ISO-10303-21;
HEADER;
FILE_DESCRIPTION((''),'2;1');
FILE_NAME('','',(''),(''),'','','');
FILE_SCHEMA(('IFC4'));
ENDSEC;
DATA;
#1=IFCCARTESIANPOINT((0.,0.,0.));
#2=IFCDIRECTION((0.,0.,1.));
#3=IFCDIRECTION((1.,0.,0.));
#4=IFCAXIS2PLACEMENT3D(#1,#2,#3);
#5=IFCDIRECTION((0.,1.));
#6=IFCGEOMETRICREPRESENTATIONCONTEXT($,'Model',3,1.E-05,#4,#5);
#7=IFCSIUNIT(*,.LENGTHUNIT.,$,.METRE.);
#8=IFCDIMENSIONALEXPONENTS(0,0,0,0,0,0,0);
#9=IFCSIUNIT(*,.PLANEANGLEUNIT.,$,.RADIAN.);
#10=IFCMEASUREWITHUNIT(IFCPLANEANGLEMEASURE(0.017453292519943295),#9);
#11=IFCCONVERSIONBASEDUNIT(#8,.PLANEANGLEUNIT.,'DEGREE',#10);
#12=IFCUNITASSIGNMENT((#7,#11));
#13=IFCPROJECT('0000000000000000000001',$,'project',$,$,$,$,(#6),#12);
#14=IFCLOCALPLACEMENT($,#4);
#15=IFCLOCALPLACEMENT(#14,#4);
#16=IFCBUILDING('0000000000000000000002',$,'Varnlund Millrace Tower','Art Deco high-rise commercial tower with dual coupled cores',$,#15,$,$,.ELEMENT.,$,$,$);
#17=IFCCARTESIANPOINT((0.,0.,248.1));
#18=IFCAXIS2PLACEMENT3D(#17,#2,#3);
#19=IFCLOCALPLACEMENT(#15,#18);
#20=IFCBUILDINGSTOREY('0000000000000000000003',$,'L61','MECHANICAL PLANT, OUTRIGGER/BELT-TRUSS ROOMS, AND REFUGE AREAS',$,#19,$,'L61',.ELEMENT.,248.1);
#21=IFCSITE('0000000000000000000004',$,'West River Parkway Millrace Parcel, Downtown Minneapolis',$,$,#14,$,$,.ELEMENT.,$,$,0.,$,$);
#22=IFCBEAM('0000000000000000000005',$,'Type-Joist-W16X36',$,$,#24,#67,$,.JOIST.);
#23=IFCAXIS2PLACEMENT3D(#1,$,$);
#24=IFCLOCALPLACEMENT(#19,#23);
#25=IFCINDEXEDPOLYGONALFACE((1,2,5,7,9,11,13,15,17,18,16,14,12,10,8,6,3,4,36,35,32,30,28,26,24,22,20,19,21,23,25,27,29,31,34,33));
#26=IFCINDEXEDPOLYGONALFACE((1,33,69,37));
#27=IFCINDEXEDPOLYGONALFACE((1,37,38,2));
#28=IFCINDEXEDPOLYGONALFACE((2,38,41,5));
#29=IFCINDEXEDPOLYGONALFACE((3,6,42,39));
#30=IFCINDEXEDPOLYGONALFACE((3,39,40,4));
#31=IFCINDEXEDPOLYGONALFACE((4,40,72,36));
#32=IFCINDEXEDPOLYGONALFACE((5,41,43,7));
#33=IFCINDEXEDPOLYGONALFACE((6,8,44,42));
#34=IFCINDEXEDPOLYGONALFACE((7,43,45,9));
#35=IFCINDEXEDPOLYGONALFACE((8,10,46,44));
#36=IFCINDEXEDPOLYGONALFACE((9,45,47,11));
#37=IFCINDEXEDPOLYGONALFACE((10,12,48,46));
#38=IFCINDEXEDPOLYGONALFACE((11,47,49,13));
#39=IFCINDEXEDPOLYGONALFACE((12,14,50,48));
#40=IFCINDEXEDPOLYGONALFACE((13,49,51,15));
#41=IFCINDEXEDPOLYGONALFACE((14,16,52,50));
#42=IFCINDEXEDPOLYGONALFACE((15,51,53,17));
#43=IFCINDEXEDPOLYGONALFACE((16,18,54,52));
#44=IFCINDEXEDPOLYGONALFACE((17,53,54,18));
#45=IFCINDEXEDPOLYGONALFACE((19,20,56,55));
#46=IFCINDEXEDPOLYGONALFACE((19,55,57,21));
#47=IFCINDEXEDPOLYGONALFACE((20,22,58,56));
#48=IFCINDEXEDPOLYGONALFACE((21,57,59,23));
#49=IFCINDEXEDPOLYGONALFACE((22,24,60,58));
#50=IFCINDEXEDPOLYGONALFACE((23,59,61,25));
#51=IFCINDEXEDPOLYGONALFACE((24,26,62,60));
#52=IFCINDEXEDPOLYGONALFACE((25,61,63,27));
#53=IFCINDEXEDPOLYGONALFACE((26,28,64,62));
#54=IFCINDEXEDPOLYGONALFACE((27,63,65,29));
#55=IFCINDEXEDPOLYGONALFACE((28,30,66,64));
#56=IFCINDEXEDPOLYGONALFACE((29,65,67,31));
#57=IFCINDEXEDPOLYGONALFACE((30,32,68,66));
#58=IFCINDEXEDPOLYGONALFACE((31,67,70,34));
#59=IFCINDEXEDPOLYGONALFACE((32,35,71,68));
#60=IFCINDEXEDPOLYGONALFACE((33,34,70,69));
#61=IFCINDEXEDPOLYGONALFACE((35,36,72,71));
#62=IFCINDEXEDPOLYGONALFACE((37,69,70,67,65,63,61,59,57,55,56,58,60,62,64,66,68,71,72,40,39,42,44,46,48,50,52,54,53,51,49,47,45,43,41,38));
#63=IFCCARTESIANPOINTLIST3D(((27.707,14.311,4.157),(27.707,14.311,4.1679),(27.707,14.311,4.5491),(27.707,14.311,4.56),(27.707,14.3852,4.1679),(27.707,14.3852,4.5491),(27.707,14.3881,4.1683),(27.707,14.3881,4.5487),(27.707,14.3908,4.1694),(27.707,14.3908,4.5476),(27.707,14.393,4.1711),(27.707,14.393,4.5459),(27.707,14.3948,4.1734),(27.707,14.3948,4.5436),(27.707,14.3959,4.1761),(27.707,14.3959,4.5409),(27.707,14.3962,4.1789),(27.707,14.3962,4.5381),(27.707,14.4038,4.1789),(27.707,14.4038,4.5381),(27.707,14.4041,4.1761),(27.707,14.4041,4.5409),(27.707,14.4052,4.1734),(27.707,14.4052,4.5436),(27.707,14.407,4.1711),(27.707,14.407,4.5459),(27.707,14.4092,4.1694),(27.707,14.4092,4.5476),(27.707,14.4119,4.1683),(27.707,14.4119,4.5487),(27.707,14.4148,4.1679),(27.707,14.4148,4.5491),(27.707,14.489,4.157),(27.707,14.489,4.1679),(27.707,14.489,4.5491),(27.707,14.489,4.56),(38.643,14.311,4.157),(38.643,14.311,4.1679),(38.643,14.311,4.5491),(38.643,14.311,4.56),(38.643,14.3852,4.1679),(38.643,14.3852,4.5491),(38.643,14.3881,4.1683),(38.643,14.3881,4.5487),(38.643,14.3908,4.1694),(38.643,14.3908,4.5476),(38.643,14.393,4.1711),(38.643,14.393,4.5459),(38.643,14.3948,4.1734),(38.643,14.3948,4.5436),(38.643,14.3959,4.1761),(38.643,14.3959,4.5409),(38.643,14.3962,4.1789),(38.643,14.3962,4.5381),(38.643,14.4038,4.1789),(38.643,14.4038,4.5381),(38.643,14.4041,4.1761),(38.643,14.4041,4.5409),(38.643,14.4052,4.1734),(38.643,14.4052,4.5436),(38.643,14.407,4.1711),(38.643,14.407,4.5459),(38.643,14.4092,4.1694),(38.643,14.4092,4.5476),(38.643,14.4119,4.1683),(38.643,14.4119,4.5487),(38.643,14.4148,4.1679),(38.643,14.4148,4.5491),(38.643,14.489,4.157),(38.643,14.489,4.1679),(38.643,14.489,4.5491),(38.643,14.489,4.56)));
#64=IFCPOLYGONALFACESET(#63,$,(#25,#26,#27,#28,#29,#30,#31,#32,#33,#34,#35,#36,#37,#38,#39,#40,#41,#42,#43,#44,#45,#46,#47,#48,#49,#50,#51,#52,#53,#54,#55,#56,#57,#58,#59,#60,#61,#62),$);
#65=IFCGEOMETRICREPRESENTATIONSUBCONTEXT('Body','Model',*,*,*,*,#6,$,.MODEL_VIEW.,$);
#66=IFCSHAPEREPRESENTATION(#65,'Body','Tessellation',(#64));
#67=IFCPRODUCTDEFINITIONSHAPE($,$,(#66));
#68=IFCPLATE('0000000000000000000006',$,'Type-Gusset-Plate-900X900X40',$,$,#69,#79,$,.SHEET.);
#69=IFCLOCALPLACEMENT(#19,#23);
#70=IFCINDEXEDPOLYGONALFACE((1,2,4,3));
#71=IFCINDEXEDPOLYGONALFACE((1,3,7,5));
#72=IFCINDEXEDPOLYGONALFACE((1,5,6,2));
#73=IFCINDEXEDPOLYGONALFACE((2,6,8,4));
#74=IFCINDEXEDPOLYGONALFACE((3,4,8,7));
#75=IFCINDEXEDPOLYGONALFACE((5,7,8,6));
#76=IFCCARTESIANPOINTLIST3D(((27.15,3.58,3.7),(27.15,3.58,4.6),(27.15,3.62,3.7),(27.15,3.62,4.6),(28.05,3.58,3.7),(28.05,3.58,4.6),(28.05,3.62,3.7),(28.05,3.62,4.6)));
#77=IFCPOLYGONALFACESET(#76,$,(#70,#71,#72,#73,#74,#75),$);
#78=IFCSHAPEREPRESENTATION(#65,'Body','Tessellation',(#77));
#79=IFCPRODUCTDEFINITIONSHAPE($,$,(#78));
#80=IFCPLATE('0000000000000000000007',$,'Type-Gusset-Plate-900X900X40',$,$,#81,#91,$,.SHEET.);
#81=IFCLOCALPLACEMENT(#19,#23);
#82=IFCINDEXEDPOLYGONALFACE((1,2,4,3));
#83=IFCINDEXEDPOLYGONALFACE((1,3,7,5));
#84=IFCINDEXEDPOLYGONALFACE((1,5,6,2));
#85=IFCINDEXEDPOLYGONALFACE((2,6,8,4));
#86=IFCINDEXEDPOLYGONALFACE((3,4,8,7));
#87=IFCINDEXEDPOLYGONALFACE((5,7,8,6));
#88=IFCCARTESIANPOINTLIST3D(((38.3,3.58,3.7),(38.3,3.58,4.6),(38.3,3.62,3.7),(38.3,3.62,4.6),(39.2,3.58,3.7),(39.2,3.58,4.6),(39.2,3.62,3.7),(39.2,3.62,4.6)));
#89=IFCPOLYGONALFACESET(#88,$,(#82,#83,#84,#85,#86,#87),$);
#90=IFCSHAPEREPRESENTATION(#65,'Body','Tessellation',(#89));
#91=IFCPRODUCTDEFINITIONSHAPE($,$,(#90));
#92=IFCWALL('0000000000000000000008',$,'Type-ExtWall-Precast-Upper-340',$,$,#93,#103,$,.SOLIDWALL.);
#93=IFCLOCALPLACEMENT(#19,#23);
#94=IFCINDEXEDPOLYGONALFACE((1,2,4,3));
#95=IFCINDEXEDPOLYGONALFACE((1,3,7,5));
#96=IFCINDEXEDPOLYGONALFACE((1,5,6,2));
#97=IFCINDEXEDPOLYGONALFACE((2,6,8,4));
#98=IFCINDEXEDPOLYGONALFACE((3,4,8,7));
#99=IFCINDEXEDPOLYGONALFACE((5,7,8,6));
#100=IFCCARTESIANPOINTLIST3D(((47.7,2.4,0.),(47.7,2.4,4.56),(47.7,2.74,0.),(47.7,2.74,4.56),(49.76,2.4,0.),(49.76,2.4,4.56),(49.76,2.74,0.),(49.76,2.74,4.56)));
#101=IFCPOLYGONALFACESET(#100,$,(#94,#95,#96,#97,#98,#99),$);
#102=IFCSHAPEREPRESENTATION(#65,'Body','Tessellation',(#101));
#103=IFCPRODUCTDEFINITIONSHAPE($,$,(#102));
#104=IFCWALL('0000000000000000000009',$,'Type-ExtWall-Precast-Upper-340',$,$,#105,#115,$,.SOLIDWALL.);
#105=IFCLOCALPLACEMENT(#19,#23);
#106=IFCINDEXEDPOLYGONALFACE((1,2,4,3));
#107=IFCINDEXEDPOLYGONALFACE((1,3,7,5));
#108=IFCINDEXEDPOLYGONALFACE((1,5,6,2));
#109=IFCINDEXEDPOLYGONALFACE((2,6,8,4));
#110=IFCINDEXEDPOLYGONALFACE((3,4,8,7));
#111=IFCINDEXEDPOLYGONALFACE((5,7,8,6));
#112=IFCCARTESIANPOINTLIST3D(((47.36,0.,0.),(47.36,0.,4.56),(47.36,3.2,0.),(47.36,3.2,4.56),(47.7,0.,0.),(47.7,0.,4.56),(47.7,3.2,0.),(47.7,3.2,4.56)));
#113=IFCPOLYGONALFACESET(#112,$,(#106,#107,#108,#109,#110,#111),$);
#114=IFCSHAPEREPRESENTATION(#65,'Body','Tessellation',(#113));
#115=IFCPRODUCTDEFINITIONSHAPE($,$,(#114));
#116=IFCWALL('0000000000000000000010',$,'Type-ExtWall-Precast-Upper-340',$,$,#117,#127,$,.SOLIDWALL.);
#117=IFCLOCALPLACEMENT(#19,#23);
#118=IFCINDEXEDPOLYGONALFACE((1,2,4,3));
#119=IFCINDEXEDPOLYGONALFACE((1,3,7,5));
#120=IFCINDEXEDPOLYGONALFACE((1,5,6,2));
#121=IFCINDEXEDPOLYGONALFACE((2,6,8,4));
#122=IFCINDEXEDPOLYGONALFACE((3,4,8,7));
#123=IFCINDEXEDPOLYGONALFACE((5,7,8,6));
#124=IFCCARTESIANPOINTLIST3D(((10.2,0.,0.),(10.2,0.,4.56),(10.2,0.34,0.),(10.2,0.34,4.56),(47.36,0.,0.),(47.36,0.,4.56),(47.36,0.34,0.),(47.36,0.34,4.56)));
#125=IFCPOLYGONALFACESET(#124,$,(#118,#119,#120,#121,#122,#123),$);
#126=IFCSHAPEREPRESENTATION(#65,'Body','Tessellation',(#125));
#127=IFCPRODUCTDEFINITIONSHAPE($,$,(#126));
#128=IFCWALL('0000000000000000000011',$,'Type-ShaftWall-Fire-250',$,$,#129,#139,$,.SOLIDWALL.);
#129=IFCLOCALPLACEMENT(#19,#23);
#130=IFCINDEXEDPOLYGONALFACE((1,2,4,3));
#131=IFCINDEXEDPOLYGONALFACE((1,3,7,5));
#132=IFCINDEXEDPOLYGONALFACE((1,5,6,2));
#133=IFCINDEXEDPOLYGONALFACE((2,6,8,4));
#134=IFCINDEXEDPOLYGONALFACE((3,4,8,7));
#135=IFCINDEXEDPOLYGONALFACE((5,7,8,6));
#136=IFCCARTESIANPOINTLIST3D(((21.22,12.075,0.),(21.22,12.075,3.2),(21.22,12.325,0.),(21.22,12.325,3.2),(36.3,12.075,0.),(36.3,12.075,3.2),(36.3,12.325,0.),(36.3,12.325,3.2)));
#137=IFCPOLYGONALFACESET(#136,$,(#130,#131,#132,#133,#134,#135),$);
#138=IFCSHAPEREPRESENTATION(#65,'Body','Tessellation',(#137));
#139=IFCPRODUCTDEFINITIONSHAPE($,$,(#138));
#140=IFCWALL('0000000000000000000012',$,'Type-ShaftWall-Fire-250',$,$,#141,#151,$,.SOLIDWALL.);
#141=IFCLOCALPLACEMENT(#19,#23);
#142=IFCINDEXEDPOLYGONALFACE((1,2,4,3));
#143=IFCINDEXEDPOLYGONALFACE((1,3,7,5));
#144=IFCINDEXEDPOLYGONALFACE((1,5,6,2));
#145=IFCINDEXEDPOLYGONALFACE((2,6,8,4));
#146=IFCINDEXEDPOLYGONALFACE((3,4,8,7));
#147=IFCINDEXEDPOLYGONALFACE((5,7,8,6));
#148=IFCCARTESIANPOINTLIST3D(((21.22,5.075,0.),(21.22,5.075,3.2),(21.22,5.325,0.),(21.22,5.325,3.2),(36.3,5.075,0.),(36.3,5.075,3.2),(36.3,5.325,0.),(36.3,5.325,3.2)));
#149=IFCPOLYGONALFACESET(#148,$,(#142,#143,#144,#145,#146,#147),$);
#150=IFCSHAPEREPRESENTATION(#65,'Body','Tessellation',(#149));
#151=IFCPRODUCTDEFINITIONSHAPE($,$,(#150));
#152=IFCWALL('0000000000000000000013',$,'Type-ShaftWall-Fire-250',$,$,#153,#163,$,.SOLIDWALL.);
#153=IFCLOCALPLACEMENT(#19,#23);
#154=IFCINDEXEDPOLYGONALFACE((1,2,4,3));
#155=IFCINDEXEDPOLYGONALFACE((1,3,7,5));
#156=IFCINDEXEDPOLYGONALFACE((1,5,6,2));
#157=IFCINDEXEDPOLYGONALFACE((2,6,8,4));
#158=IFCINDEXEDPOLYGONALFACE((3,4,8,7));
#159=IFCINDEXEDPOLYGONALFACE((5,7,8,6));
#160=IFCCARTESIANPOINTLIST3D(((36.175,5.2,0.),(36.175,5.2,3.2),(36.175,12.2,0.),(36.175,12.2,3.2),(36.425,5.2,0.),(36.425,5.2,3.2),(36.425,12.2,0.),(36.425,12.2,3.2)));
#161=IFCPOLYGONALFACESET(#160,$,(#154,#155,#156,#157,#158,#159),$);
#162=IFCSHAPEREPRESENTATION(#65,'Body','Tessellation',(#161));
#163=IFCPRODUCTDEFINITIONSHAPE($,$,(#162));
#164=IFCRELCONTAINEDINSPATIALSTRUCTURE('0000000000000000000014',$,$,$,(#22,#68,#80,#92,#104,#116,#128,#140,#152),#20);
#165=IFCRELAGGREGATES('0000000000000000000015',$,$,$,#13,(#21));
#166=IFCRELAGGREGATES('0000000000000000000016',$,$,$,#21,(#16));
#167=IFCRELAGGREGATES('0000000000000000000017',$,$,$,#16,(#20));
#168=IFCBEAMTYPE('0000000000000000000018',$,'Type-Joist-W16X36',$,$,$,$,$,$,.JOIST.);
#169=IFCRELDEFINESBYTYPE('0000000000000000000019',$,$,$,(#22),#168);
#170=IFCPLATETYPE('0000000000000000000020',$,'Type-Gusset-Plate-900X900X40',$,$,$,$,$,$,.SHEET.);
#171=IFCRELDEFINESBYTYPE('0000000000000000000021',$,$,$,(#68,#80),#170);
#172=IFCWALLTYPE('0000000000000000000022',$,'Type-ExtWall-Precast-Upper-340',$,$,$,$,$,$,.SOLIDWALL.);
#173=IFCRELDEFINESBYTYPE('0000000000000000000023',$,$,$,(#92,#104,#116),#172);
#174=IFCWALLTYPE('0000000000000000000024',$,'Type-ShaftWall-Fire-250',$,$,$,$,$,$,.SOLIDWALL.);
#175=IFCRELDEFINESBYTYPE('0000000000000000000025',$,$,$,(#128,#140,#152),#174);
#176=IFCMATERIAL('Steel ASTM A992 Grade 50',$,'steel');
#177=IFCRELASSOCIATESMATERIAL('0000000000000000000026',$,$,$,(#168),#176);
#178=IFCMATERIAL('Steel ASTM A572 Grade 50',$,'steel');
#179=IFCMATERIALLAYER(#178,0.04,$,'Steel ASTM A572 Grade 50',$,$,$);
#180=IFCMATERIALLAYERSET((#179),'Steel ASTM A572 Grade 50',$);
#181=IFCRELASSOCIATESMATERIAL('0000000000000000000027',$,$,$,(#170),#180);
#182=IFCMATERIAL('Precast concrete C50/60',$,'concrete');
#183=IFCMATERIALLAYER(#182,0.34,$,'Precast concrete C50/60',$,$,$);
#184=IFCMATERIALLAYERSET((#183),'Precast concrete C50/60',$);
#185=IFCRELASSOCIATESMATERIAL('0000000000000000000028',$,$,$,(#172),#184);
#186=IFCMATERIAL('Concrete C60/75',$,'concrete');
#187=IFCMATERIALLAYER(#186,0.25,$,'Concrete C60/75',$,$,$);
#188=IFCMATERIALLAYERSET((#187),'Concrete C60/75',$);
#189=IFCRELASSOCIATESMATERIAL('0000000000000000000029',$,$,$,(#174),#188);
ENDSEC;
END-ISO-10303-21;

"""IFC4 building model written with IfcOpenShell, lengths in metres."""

from ifc_helpers import new_model, entity, si_unit, converted_unit, direction, frame, origin_with_axes, origin_2d_with_axis, place, context, subcontext, project, spatial, polyline, rectangle, i_section, outline, extrude, material, layer, layer_set, material_profile, profile_set, type_object, element, save


model = new_model("IFC4")

# Units and contexts
model_context = context("Model", 3, precision=1e-05, world=origin_with_axes(), true_north=direction((0.0, 1.0)))
body_context = subcontext(model_context, "Body", "Model", "MODEL_VIEW")
ifc_project = project(units=[si_unit("LENGTHUNIT", "METRE"), converted_unit("PLANEANGLEUNIT", "DEGREE", entity("IfcPlaneAngleMeasure", 0.017453292519943295), si_unit("PLANEANGLEUNIT", "RADIAN"), dimensions=[0, 0, 0, 0, 0, 0, 0])], contexts=[model_context])

# Site, building, storey
site_placement = place(None, origin_with_axes())
site = spatial("IfcSite", under=ifc_project, at=site_placement, Name="West River Parkway Millrace Parcel, Downtown Minneapolis", CompositionType="ELEMENT", RefElevation=0.0)
building_placement = place(site_placement, origin_with_axes())
building = spatial("IfcBuilding", under=site, at=building_placement, Name="Varnlund Millrace Tower", Description="Art Deco high-rise commercial tower with dual coupled cores", CompositionType="ELEMENT")
storey_placement = place(building_placement, frame((0.0, 0.0, 248.1), z_axis=(0.0, 0.0, 1.0), x_axis=(1.0, 0.0, 0.0)))
storey = spatial("IfcBuildingStorey", under=building, at=storey_placement, Name="L61", Description="MECHANICAL PLANT, OUTRIGGER/BELT-TRUSS ROOMS, AND REFUGE AREAS", LongName="L61", CompositionType="ELEMENT", Elevation=248.1)

# Shared definitions
ifc_material_1 = material(Name="Steel ASTM A992 Grade 50", Category="steel")

# Beam
ifc_material_profile_1 = material_profile(ifc_material_1, i_section(OverallWidth=0.178, OverallDepth=0.403, WebThickness=0.0075, FlangeThickness=0.0109, FilletRadius=0.011, at=origin_2d_with_axis()), Name="Steel ASTM A992 Grade 50")
ifc_profile_set_1 = profile_set([ifc_material_profile_1], Name="Steel ASTM A992 Grade 50")
beam_type_1 = type_object("IfcBeamType", Name="Type-Joist-W16X36", PredefinedType="JOIST", material=ifc_profile_set_1)
for number, where, z_axis, x_axis, name in (
    (1, (27.707, 14.4, 4.3585), (1.0, 0.0, 0.0), (0.0, 1.0, 0.0), "Type-Joist-W16X36"),
):
    element("IfcBeam", number, at=place(storey_placement, frame(where, z_axis=z_axis, x_axis=x_axis)), inside=storey, type_object=beam_type_1, Name=name, PredefinedType="JOIST", context=body_context, shape_type="SweptSolid", body=[
        extrude(i_section(OverallWidth=0.178, OverallDepth=0.403, WebThickness=0.0075, FlangeThickness=0.0109, FilletRadius=0.011, at=origin_2d_with_axis()), origin_with_axes(), (0.0, 0.0, 1.0), 10.936),
    ])

# Plates
ifc_material_2 = material(Name="Steel ASTM A572 Grade 50", Category="steel")
ifc_layer_1 = layer(ifc_material_2, 0.04, Name="Steel ASTM A572 Grade 50")
ifc_layer_set_1 = layer_set([ifc_layer_1], Name="Steel ASTM A572 Grade 50")
plate_type = type_object("IfcPlateType", Name="Type-Gusset-Plate-900X900X40", PredefinedType="SHEET", material=ifc_layer_set_1)
for number, where, z_axis, x_axis, name in (
    (2, (27.6, 3.6, 3.7), (0.0, 0.0, 1.0), (1.0, 0.0, 0.0), "Type-Gusset-Plate-900X900X40"),
    (3, (38.75, 3.6, 3.7), (0.0, 0.0, 1.0), (1.0, 0.0, 0.0), "Type-Gusset-Plate-900X900X40"),
):
    element("IfcPlate", number, at=place(storey_placement, frame(where, z_axis=z_axis, x_axis=x_axis)), inside=storey, type_object=plate_type, Name=name, PredefinedType="SHEET", context=body_context, shape_type="SweptSolid", body=[
        extrude(rectangle(XDim=0.9, YDim=0.04, at=origin_2d_with_axis()), origin_with_axes(), (0.0, 0.0, 1.0), 0.9),
    ])

# Walls
ifc_material_3 = material(Name="Precast concrete C50/60", Category="concrete")
ifc_layer_2 = layer(ifc_material_3, 0.34, Name="Precast concrete C50/60")
ifc_layer_set_2 = layer_set([ifc_layer_2], Name="Precast concrete C50/60")
wall_type_1 = type_object("IfcWallType", Name="Type-ExtWall-Precast-Upper-340", PredefinedType="SOLIDWALL", material=ifc_layer_set_2)
wall_1_placement = place(storey_placement, frame((49.76, 2.57, 0.0), z_axis=(0.0, 0.0, 1.0), x_axis=(-1.0, 0.0, 0.0)))
element("IfcWall", 4, at=wall_1_placement, inside=storey, type_object=wall_type_1, Name="Type-ExtWall-Precast-Upper-340", PredefinedType="SOLIDWALL", context=body_context, shape_type="SweptSolid", body=[
    extrude(outline(polyline([(0.0, -0.17), (2.06, -0.17), (2.06, 0.17), (0.0, 0.17), (0.0, -0.17)])), origin_with_axes(), (0.0, 0.0, 1.0), 4.56),
])
wall_2_placement = place(storey_placement, frame((47.53, 3.2, 0.0), z_axis=(0.0, 0.0, 1.0), x_axis=(0.0, -1.0, 0.0)))
element("IfcWall", 5, at=wall_2_placement, inside=storey, type_object=wall_type_1, Name="Type-ExtWall-Precast-Upper-340", PredefinedType="SOLIDWALL", context=body_context, shape_type="SweptSolid", body=[
    extrude(outline(polyline([(0.0, -0.17), (3.2, -0.17), (3.2, 0.17), (0.0, 0.17), (0.0, -0.17)])), origin_with_axes(), (0.0, 0.0, 1.0), 4.56),
])
wall_3_placement = place(storey_placement, frame((47.36, 0.17, 0.0), z_axis=(0.0, 0.0, 1.0), x_axis=(-1.0, 0.0, 0.0)))
element("IfcWall", 6, at=wall_3_placement, inside=storey, type_object=wall_type_1, Name="Type-ExtWall-Precast-Upper-340", PredefinedType="SOLIDWALL", context=body_context, shape_type="SweptSolid", body=[
    extrude(outline(polyline([(0.0, -0.17), (37.16, -0.17), (37.16, 0.17), (0.0, 0.17), (0.0, -0.17)])), origin_with_axes(), (0.0, 0.0, 1.0), 4.56),
])
ifc_material_4 = material(Name="Concrete C60/75", Category="concrete")
ifc_layer_3 = layer(ifc_material_4, 0.25, Name="Concrete C60/75")
ifc_layer_set_3 = layer_set([ifc_layer_3], Name="Concrete C60/75")
wall_type_2 = type_object("IfcWallType", Name="Type-ShaftWall-Fire-250", PredefinedType="SOLIDWALL", material=ifc_layer_set_3)
for number, where, z_axis, x_axis, name in (
    (7, (21.22, 12.2, 0.0), (0.0, 0.0, 1.0), (1.0, 0.0, 0.0), "Type-ShaftWall-Fire-250"),
    (8, (21.22, 5.2, 0.0), (0.0, 0.0, 1.0), (1.0, 0.0, 0.0), "Type-ShaftWall-Fire-250"),
):
    element("IfcWall", number, at=place(storey_placement, frame(where, z_axis=z_axis, x_axis=x_axis)), inside=storey, type_object=wall_type_2, Name=name, PredefinedType="SOLIDWALL", context=body_context, shape_type="SweptSolid", body=[
        extrude(outline(polyline([(0.0, -0.125), (15.08, -0.125), (15.08, 0.125), (0.0, 0.125), (0.0, -0.125)])), origin_with_axes(), (0.0, 0.0, 1.0), 3.2),
    ])
wall_4_placement = place(storey_placement, frame((36.3, 5.2, 0.0), z_axis=(0.0, 0.0, 1.0), x_axis=(0.0, 1.0, 0.0)))
element("IfcWall", 9, at=wall_4_placement, inside=storey, type_object=wall_type_2, Name="Type-ShaftWall-Fire-250", PredefinedType="SOLIDWALL", context=body_context, shape_type="SweptSolid", body=[
    extrude(outline(polyline([(0.0, -0.125), (7.0, -0.125), (7.0, 0.125), (0.0, 0.125), (0.0, -0.125)])), origin_with_axes(), (0.0, 0.0, 1.0), 3.2),
])

save(model, "model.ifc")
